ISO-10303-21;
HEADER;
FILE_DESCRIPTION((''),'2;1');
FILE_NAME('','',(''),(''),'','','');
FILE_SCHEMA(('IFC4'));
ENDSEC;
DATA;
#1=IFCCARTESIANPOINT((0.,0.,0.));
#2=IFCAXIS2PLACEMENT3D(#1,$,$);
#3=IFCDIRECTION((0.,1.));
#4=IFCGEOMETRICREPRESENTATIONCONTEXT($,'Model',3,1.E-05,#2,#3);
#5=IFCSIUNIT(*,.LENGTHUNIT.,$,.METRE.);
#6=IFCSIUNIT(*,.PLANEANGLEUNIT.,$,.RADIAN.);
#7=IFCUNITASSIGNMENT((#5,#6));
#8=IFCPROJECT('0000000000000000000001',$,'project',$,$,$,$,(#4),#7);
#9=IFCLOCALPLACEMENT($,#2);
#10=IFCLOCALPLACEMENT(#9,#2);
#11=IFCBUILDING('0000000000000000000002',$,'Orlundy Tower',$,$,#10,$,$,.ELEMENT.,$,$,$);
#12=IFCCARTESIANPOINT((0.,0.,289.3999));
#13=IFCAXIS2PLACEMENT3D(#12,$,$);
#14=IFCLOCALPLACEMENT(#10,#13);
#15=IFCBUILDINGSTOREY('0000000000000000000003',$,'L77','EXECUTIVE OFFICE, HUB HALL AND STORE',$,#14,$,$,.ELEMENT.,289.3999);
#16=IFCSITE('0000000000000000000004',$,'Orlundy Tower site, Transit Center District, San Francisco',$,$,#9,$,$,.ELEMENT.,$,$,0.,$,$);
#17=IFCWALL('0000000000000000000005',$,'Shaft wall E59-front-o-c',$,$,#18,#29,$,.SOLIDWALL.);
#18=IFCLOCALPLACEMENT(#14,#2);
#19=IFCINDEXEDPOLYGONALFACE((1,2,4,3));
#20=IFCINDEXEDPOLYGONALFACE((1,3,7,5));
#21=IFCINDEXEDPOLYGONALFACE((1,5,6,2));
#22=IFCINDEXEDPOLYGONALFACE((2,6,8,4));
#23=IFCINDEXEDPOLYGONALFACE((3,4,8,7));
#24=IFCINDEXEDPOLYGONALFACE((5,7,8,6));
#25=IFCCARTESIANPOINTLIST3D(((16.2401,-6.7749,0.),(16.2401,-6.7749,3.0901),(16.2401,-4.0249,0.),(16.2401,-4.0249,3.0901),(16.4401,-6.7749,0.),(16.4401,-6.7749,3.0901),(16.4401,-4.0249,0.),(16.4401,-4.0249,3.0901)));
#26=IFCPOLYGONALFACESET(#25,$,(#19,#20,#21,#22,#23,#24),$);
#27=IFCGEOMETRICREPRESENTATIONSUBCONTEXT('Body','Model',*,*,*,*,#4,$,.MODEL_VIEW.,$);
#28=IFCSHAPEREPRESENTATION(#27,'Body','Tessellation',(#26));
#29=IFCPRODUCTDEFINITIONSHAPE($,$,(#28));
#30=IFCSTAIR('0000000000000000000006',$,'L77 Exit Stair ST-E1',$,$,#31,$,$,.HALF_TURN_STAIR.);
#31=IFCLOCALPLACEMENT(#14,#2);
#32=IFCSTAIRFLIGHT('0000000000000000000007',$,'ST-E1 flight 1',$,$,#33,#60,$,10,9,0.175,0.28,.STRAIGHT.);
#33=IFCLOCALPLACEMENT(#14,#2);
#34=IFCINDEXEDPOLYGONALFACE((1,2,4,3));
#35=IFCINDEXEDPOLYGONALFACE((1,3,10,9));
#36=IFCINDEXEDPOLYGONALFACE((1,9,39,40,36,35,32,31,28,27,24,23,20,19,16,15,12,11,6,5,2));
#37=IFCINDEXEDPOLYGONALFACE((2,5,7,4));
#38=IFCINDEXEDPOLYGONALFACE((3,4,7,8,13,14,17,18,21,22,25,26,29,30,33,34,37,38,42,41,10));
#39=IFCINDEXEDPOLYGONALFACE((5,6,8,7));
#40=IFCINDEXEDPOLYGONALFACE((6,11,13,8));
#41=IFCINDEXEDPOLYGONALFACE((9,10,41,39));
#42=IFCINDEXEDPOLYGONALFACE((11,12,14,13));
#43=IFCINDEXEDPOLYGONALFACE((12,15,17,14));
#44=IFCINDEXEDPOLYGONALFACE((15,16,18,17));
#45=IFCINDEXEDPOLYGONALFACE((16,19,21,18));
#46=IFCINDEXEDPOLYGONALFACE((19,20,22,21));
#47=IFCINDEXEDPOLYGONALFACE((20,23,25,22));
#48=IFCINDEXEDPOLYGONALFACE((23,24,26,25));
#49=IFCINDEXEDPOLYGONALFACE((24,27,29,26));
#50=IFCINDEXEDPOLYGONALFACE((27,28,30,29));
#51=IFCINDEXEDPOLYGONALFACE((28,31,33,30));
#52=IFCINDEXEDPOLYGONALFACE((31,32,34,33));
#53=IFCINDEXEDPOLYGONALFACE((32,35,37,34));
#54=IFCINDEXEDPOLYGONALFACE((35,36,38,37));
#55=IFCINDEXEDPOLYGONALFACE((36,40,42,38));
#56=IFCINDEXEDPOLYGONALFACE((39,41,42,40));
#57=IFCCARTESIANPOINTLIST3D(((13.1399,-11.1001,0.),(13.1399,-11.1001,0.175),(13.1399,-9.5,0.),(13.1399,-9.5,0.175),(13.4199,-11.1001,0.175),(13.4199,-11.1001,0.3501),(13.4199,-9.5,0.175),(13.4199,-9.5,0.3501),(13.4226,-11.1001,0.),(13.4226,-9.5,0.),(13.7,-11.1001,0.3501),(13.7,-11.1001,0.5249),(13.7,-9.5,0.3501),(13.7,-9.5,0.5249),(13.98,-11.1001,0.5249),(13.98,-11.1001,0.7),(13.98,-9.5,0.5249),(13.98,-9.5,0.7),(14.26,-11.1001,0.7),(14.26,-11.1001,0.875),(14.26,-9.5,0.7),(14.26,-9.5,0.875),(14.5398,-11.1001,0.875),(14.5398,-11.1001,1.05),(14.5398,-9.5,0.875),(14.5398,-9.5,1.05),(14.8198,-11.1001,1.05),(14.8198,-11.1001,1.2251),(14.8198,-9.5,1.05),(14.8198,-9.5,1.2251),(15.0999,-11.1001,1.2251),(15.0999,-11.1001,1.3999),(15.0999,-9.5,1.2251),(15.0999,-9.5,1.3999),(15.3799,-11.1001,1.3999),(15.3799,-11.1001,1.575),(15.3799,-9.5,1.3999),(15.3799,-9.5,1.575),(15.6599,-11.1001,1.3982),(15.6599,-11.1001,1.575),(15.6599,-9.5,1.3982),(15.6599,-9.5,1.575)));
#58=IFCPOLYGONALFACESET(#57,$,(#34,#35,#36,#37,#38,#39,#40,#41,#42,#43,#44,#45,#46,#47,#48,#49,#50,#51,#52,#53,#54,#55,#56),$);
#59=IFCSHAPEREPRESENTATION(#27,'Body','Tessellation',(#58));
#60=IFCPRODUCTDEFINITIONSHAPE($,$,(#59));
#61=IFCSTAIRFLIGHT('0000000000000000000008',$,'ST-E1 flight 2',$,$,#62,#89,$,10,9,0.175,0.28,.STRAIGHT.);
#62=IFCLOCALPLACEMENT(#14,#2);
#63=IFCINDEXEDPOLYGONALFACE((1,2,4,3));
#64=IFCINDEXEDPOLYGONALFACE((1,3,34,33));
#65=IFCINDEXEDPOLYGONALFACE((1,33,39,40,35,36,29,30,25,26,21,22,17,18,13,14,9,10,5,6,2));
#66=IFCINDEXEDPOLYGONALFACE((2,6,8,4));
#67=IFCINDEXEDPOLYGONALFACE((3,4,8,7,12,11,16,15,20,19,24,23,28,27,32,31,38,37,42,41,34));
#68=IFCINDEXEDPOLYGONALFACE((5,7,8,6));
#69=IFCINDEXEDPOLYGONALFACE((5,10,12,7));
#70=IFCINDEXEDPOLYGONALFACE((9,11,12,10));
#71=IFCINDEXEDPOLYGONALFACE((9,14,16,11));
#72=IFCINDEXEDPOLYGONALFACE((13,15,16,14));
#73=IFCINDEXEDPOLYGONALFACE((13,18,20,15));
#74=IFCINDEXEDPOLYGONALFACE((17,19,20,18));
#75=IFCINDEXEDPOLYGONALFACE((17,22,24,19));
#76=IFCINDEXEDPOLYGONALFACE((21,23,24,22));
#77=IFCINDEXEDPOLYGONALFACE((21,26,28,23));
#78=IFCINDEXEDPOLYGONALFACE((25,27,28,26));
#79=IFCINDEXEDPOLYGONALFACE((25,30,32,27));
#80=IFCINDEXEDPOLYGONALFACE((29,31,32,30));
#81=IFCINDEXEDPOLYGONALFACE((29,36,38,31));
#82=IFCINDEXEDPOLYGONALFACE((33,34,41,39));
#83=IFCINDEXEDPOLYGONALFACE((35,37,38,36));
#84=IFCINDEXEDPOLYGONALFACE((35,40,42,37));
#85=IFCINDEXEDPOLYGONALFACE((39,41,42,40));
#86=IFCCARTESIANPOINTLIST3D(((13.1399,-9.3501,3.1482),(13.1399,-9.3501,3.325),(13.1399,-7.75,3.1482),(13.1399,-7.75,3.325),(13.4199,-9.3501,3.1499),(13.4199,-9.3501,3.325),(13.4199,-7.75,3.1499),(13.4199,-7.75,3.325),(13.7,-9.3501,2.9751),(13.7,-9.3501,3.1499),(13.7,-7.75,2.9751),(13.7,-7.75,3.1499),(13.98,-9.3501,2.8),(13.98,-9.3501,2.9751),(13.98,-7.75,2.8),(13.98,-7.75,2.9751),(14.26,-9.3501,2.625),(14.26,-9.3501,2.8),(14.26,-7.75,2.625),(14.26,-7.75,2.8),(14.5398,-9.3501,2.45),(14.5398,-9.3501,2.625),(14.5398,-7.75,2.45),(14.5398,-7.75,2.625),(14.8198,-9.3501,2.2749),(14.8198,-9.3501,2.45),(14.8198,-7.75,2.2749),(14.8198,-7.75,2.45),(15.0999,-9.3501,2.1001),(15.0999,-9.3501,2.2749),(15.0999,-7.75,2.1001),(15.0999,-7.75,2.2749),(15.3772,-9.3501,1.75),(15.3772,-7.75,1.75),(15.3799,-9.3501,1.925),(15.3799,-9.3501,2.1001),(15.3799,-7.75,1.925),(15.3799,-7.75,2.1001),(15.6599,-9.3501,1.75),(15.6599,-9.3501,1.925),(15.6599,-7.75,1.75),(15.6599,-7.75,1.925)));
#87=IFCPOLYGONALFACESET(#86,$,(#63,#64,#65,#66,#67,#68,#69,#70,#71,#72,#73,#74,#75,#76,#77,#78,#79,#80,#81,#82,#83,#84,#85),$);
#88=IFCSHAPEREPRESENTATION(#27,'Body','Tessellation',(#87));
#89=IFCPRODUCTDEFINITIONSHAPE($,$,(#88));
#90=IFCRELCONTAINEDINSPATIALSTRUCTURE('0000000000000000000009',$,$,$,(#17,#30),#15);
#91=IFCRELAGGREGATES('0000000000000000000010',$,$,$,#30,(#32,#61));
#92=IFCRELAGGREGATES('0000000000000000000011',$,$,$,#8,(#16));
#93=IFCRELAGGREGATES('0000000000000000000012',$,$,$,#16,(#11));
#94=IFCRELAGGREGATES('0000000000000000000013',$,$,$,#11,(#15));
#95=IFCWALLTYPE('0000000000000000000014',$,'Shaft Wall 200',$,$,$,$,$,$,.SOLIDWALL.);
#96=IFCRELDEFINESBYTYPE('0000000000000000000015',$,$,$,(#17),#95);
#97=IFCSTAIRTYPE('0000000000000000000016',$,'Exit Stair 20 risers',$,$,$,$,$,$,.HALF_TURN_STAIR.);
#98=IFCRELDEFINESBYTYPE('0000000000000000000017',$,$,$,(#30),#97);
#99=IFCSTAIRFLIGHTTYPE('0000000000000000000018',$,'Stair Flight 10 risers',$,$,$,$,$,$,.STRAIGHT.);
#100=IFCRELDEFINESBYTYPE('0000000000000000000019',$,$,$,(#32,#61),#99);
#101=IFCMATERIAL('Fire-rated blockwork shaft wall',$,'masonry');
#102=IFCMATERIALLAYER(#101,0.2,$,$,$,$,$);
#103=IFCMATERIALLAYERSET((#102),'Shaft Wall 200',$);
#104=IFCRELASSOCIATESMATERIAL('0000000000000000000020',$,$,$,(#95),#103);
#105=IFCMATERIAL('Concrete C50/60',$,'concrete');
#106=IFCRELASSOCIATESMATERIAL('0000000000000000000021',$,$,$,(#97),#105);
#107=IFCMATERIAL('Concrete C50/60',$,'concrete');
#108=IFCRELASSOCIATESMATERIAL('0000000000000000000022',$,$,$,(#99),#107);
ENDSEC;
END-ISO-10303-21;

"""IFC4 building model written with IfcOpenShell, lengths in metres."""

from ifc_helpers import new_model, si_unit, direction, frame, frame_2d, origin, place, context, subcontext, project, spatial, polyline, rectangle, outline, extrude, material, layer, layer_set, type_object, element, aggregate, save


model = new_model("IFC4")

# Units and contexts
model_context = context("Model", 3, precision=1e-05, world=origin(), true_north=direction((0.0, 1.0)))
body_context = subcontext(model_context, "Body", "Model", "MODEL_VIEW")
ifc_project = project(units=[si_unit("LENGTHUNIT", "METRE"), si_unit("PLANEANGLEUNIT", "RADIAN")], contexts=[model_context])

# Site, building, storey
site_placement = place(None, origin())
site = spatial("IfcSite", under=ifc_project, at=site_placement, Name="Orlundy Tower site, Transit Center District, San Francisco", CompositionType="ELEMENT", RefElevation=0.0)
building_placement = place(site_placement, origin())
building = spatial("IfcBuilding", under=site, at=building_placement, Name="Orlundy Tower", CompositionType="ELEMENT")
storey_placement = place(building_placement, frame((0.0, 0.0, 289.3999)))
storey = spatial("IfcBuildingStorey", under=building, at=storey_placement, Name="L77", Description="EXECUTIVE OFFICE, HUB HALL AND STORE", CompositionType="ELEMENT", Elevation=289.3999)

# Wall
ifc_material_1 = material(Name="Fire-rated blockwork shaft wall", Category="masonry")
ifc_layer_1 = layer(ifc_material_1, 0.2)
ifc_layer_set_1 = layer_set([ifc_layer_1], Name="Shaft Wall 200")
wall_type_1 = type_object("IfcWallType", Name="Shaft Wall 200", PredefinedType="SOLIDWALL", material=ifc_layer_set_1)
for number, where, z_axis, x_axis, name in (
    (1, (16.3401, -4.0249, 0.0), (0.0, 0.0, 1.0), (0.0, -1.0, 0.0), "Shaft wall E59-front-o-c"),
):
    element("IfcWall", number, at=place(storey_placement, frame(where, z_axis=z_axis, x_axis=x_axis)), inside=storey, type_object=wall_type_1, Name=name, PredefinedType="SOLIDWALL", context=body_context, shape_type="SweptSolid", body=[
        extrude(rectangle(XDim=2.75, YDim=0.2, at=frame_2d((1.375, 0.0))), origin(), (0.0, 0.0, 1.0), 3.0901),
    ])

# Stair, stair flights
ifc_material_2 = material(Name="Concrete C50/60", Category="concrete")
stair_type = type_object("IfcStairType", Name="Exit Stair 20 risers", PredefinedType="HALF_TURN_STAIR", material=ifc_material_2)
stair_placement = place(storey_placement, origin())
stair = element("IfcStair", 2, at=stair_placement, inside=storey, type_object=stair_type, Name="L77 Exit Stair ST-E1", PredefinedType="HALF_TURN_STAIR")
ifc_material_3 = material(Name="Concrete C50/60", Category="concrete")
stair_flight_type = type_object("IfcStairFlightType", Name="Stair Flight 10 risers", PredefinedType="STRAIGHT", material=ifc_material_3)
stair_flight_1_placement = place(storey_placement, frame((13.1399, -10.3, 0.0), z_axis=(0.0, 0.0, 1.0), x_axis=(1.0, 0.0, 0.0)))
stair_flight_1 = element("IfcStairFlight", 3, at=stair_flight_1_placement, type_object=stair_flight_type, Name="ST-E1 flight 1", NumberOfRisers=10, NumberOfTreads=9, PredefinedType="STRAIGHT", RiserHeight=0.175, TreadLength=0.28, context=body_context, shape_type="SweptSolid", body=[
    extrude(outline(polyline([(0.0, 0.0), (0.0, 0.175), (0.28, 0.175), (0.28, 0.3501), (0.5601, 0.3501), (0.5601, 0.5249), (0.8401, 0.5249), (0.8401, 0.7), (1.1201, 0.7), (1.1201, 0.875), (1.3999, 0.875), (1.3999, 1.05), (1.6799, 1.05), (1.6799, 1.2251), (1.96, 1.2251), (1.96, 1.3999), (2.24, 1.3999), (2.24, 1.575), (2.52, 1.575), (2.52, 1.75), (2.52, 1.3982), (0.2827, 0.0), (0.0, 0.0)])), frame((0.0, 0.8, 0.0), z_axis=(0.0, -1.0, 0.0), x_axis=(1.0, 0.0, 0.0)), (0.0, 0.0, 1.0), 1.6001),
])
stair_flight_2_placement = place(storey_placement, frame((15.6599, -8.55, 1.75), z_axis=(0.0, 0.0, 1.0), x_axis=(-1.0, 0.0, 0.0)))
stair_flight_2 = element("IfcStairFlight", 4, at=stair_flight_2_placement, type_object=stair_flight_type, Name="ST-E1 flight 2", NumberOfRisers=10, NumberOfTreads=9, PredefinedType="STRAIGHT", RiserHeight=0.175, TreadLength=0.28, context=body_context, shape_type="SweptSolid", body=[
    extrude(outline(polyline([(0.0, 0.0), (0.0, 0.175), (0.28, 0.175), (0.28, 0.3501), (0.5601, 0.3501), (0.5601, 0.5249), (0.8401, 0.5249), (0.8401, 0.7), (1.1201, 0.7), (1.1201, 0.875), (1.3999, 0.875), (1.3999, 1.05), (1.6799, 1.05), (1.6799, 1.2251), (1.96, 1.2251), (1.96, 1.3999), (2.24, 1.3999), (2.24, 1.575), (2.52, 1.575), (2.52, 1.75), (2.52, 1.3982), (0.2827, 0.0), (0.0, 0.0)])), frame((0.0, 0.8, 0.0), z_axis=(0.0, -1.0, 0.0), x_axis=(1.0, 0.0, 0.0)), (0.0, 0.0, 1.0), 1.6001),
])
aggregate(stair, [stair_flight_1, stair_flight_2])

save(model, "model.ifc")
